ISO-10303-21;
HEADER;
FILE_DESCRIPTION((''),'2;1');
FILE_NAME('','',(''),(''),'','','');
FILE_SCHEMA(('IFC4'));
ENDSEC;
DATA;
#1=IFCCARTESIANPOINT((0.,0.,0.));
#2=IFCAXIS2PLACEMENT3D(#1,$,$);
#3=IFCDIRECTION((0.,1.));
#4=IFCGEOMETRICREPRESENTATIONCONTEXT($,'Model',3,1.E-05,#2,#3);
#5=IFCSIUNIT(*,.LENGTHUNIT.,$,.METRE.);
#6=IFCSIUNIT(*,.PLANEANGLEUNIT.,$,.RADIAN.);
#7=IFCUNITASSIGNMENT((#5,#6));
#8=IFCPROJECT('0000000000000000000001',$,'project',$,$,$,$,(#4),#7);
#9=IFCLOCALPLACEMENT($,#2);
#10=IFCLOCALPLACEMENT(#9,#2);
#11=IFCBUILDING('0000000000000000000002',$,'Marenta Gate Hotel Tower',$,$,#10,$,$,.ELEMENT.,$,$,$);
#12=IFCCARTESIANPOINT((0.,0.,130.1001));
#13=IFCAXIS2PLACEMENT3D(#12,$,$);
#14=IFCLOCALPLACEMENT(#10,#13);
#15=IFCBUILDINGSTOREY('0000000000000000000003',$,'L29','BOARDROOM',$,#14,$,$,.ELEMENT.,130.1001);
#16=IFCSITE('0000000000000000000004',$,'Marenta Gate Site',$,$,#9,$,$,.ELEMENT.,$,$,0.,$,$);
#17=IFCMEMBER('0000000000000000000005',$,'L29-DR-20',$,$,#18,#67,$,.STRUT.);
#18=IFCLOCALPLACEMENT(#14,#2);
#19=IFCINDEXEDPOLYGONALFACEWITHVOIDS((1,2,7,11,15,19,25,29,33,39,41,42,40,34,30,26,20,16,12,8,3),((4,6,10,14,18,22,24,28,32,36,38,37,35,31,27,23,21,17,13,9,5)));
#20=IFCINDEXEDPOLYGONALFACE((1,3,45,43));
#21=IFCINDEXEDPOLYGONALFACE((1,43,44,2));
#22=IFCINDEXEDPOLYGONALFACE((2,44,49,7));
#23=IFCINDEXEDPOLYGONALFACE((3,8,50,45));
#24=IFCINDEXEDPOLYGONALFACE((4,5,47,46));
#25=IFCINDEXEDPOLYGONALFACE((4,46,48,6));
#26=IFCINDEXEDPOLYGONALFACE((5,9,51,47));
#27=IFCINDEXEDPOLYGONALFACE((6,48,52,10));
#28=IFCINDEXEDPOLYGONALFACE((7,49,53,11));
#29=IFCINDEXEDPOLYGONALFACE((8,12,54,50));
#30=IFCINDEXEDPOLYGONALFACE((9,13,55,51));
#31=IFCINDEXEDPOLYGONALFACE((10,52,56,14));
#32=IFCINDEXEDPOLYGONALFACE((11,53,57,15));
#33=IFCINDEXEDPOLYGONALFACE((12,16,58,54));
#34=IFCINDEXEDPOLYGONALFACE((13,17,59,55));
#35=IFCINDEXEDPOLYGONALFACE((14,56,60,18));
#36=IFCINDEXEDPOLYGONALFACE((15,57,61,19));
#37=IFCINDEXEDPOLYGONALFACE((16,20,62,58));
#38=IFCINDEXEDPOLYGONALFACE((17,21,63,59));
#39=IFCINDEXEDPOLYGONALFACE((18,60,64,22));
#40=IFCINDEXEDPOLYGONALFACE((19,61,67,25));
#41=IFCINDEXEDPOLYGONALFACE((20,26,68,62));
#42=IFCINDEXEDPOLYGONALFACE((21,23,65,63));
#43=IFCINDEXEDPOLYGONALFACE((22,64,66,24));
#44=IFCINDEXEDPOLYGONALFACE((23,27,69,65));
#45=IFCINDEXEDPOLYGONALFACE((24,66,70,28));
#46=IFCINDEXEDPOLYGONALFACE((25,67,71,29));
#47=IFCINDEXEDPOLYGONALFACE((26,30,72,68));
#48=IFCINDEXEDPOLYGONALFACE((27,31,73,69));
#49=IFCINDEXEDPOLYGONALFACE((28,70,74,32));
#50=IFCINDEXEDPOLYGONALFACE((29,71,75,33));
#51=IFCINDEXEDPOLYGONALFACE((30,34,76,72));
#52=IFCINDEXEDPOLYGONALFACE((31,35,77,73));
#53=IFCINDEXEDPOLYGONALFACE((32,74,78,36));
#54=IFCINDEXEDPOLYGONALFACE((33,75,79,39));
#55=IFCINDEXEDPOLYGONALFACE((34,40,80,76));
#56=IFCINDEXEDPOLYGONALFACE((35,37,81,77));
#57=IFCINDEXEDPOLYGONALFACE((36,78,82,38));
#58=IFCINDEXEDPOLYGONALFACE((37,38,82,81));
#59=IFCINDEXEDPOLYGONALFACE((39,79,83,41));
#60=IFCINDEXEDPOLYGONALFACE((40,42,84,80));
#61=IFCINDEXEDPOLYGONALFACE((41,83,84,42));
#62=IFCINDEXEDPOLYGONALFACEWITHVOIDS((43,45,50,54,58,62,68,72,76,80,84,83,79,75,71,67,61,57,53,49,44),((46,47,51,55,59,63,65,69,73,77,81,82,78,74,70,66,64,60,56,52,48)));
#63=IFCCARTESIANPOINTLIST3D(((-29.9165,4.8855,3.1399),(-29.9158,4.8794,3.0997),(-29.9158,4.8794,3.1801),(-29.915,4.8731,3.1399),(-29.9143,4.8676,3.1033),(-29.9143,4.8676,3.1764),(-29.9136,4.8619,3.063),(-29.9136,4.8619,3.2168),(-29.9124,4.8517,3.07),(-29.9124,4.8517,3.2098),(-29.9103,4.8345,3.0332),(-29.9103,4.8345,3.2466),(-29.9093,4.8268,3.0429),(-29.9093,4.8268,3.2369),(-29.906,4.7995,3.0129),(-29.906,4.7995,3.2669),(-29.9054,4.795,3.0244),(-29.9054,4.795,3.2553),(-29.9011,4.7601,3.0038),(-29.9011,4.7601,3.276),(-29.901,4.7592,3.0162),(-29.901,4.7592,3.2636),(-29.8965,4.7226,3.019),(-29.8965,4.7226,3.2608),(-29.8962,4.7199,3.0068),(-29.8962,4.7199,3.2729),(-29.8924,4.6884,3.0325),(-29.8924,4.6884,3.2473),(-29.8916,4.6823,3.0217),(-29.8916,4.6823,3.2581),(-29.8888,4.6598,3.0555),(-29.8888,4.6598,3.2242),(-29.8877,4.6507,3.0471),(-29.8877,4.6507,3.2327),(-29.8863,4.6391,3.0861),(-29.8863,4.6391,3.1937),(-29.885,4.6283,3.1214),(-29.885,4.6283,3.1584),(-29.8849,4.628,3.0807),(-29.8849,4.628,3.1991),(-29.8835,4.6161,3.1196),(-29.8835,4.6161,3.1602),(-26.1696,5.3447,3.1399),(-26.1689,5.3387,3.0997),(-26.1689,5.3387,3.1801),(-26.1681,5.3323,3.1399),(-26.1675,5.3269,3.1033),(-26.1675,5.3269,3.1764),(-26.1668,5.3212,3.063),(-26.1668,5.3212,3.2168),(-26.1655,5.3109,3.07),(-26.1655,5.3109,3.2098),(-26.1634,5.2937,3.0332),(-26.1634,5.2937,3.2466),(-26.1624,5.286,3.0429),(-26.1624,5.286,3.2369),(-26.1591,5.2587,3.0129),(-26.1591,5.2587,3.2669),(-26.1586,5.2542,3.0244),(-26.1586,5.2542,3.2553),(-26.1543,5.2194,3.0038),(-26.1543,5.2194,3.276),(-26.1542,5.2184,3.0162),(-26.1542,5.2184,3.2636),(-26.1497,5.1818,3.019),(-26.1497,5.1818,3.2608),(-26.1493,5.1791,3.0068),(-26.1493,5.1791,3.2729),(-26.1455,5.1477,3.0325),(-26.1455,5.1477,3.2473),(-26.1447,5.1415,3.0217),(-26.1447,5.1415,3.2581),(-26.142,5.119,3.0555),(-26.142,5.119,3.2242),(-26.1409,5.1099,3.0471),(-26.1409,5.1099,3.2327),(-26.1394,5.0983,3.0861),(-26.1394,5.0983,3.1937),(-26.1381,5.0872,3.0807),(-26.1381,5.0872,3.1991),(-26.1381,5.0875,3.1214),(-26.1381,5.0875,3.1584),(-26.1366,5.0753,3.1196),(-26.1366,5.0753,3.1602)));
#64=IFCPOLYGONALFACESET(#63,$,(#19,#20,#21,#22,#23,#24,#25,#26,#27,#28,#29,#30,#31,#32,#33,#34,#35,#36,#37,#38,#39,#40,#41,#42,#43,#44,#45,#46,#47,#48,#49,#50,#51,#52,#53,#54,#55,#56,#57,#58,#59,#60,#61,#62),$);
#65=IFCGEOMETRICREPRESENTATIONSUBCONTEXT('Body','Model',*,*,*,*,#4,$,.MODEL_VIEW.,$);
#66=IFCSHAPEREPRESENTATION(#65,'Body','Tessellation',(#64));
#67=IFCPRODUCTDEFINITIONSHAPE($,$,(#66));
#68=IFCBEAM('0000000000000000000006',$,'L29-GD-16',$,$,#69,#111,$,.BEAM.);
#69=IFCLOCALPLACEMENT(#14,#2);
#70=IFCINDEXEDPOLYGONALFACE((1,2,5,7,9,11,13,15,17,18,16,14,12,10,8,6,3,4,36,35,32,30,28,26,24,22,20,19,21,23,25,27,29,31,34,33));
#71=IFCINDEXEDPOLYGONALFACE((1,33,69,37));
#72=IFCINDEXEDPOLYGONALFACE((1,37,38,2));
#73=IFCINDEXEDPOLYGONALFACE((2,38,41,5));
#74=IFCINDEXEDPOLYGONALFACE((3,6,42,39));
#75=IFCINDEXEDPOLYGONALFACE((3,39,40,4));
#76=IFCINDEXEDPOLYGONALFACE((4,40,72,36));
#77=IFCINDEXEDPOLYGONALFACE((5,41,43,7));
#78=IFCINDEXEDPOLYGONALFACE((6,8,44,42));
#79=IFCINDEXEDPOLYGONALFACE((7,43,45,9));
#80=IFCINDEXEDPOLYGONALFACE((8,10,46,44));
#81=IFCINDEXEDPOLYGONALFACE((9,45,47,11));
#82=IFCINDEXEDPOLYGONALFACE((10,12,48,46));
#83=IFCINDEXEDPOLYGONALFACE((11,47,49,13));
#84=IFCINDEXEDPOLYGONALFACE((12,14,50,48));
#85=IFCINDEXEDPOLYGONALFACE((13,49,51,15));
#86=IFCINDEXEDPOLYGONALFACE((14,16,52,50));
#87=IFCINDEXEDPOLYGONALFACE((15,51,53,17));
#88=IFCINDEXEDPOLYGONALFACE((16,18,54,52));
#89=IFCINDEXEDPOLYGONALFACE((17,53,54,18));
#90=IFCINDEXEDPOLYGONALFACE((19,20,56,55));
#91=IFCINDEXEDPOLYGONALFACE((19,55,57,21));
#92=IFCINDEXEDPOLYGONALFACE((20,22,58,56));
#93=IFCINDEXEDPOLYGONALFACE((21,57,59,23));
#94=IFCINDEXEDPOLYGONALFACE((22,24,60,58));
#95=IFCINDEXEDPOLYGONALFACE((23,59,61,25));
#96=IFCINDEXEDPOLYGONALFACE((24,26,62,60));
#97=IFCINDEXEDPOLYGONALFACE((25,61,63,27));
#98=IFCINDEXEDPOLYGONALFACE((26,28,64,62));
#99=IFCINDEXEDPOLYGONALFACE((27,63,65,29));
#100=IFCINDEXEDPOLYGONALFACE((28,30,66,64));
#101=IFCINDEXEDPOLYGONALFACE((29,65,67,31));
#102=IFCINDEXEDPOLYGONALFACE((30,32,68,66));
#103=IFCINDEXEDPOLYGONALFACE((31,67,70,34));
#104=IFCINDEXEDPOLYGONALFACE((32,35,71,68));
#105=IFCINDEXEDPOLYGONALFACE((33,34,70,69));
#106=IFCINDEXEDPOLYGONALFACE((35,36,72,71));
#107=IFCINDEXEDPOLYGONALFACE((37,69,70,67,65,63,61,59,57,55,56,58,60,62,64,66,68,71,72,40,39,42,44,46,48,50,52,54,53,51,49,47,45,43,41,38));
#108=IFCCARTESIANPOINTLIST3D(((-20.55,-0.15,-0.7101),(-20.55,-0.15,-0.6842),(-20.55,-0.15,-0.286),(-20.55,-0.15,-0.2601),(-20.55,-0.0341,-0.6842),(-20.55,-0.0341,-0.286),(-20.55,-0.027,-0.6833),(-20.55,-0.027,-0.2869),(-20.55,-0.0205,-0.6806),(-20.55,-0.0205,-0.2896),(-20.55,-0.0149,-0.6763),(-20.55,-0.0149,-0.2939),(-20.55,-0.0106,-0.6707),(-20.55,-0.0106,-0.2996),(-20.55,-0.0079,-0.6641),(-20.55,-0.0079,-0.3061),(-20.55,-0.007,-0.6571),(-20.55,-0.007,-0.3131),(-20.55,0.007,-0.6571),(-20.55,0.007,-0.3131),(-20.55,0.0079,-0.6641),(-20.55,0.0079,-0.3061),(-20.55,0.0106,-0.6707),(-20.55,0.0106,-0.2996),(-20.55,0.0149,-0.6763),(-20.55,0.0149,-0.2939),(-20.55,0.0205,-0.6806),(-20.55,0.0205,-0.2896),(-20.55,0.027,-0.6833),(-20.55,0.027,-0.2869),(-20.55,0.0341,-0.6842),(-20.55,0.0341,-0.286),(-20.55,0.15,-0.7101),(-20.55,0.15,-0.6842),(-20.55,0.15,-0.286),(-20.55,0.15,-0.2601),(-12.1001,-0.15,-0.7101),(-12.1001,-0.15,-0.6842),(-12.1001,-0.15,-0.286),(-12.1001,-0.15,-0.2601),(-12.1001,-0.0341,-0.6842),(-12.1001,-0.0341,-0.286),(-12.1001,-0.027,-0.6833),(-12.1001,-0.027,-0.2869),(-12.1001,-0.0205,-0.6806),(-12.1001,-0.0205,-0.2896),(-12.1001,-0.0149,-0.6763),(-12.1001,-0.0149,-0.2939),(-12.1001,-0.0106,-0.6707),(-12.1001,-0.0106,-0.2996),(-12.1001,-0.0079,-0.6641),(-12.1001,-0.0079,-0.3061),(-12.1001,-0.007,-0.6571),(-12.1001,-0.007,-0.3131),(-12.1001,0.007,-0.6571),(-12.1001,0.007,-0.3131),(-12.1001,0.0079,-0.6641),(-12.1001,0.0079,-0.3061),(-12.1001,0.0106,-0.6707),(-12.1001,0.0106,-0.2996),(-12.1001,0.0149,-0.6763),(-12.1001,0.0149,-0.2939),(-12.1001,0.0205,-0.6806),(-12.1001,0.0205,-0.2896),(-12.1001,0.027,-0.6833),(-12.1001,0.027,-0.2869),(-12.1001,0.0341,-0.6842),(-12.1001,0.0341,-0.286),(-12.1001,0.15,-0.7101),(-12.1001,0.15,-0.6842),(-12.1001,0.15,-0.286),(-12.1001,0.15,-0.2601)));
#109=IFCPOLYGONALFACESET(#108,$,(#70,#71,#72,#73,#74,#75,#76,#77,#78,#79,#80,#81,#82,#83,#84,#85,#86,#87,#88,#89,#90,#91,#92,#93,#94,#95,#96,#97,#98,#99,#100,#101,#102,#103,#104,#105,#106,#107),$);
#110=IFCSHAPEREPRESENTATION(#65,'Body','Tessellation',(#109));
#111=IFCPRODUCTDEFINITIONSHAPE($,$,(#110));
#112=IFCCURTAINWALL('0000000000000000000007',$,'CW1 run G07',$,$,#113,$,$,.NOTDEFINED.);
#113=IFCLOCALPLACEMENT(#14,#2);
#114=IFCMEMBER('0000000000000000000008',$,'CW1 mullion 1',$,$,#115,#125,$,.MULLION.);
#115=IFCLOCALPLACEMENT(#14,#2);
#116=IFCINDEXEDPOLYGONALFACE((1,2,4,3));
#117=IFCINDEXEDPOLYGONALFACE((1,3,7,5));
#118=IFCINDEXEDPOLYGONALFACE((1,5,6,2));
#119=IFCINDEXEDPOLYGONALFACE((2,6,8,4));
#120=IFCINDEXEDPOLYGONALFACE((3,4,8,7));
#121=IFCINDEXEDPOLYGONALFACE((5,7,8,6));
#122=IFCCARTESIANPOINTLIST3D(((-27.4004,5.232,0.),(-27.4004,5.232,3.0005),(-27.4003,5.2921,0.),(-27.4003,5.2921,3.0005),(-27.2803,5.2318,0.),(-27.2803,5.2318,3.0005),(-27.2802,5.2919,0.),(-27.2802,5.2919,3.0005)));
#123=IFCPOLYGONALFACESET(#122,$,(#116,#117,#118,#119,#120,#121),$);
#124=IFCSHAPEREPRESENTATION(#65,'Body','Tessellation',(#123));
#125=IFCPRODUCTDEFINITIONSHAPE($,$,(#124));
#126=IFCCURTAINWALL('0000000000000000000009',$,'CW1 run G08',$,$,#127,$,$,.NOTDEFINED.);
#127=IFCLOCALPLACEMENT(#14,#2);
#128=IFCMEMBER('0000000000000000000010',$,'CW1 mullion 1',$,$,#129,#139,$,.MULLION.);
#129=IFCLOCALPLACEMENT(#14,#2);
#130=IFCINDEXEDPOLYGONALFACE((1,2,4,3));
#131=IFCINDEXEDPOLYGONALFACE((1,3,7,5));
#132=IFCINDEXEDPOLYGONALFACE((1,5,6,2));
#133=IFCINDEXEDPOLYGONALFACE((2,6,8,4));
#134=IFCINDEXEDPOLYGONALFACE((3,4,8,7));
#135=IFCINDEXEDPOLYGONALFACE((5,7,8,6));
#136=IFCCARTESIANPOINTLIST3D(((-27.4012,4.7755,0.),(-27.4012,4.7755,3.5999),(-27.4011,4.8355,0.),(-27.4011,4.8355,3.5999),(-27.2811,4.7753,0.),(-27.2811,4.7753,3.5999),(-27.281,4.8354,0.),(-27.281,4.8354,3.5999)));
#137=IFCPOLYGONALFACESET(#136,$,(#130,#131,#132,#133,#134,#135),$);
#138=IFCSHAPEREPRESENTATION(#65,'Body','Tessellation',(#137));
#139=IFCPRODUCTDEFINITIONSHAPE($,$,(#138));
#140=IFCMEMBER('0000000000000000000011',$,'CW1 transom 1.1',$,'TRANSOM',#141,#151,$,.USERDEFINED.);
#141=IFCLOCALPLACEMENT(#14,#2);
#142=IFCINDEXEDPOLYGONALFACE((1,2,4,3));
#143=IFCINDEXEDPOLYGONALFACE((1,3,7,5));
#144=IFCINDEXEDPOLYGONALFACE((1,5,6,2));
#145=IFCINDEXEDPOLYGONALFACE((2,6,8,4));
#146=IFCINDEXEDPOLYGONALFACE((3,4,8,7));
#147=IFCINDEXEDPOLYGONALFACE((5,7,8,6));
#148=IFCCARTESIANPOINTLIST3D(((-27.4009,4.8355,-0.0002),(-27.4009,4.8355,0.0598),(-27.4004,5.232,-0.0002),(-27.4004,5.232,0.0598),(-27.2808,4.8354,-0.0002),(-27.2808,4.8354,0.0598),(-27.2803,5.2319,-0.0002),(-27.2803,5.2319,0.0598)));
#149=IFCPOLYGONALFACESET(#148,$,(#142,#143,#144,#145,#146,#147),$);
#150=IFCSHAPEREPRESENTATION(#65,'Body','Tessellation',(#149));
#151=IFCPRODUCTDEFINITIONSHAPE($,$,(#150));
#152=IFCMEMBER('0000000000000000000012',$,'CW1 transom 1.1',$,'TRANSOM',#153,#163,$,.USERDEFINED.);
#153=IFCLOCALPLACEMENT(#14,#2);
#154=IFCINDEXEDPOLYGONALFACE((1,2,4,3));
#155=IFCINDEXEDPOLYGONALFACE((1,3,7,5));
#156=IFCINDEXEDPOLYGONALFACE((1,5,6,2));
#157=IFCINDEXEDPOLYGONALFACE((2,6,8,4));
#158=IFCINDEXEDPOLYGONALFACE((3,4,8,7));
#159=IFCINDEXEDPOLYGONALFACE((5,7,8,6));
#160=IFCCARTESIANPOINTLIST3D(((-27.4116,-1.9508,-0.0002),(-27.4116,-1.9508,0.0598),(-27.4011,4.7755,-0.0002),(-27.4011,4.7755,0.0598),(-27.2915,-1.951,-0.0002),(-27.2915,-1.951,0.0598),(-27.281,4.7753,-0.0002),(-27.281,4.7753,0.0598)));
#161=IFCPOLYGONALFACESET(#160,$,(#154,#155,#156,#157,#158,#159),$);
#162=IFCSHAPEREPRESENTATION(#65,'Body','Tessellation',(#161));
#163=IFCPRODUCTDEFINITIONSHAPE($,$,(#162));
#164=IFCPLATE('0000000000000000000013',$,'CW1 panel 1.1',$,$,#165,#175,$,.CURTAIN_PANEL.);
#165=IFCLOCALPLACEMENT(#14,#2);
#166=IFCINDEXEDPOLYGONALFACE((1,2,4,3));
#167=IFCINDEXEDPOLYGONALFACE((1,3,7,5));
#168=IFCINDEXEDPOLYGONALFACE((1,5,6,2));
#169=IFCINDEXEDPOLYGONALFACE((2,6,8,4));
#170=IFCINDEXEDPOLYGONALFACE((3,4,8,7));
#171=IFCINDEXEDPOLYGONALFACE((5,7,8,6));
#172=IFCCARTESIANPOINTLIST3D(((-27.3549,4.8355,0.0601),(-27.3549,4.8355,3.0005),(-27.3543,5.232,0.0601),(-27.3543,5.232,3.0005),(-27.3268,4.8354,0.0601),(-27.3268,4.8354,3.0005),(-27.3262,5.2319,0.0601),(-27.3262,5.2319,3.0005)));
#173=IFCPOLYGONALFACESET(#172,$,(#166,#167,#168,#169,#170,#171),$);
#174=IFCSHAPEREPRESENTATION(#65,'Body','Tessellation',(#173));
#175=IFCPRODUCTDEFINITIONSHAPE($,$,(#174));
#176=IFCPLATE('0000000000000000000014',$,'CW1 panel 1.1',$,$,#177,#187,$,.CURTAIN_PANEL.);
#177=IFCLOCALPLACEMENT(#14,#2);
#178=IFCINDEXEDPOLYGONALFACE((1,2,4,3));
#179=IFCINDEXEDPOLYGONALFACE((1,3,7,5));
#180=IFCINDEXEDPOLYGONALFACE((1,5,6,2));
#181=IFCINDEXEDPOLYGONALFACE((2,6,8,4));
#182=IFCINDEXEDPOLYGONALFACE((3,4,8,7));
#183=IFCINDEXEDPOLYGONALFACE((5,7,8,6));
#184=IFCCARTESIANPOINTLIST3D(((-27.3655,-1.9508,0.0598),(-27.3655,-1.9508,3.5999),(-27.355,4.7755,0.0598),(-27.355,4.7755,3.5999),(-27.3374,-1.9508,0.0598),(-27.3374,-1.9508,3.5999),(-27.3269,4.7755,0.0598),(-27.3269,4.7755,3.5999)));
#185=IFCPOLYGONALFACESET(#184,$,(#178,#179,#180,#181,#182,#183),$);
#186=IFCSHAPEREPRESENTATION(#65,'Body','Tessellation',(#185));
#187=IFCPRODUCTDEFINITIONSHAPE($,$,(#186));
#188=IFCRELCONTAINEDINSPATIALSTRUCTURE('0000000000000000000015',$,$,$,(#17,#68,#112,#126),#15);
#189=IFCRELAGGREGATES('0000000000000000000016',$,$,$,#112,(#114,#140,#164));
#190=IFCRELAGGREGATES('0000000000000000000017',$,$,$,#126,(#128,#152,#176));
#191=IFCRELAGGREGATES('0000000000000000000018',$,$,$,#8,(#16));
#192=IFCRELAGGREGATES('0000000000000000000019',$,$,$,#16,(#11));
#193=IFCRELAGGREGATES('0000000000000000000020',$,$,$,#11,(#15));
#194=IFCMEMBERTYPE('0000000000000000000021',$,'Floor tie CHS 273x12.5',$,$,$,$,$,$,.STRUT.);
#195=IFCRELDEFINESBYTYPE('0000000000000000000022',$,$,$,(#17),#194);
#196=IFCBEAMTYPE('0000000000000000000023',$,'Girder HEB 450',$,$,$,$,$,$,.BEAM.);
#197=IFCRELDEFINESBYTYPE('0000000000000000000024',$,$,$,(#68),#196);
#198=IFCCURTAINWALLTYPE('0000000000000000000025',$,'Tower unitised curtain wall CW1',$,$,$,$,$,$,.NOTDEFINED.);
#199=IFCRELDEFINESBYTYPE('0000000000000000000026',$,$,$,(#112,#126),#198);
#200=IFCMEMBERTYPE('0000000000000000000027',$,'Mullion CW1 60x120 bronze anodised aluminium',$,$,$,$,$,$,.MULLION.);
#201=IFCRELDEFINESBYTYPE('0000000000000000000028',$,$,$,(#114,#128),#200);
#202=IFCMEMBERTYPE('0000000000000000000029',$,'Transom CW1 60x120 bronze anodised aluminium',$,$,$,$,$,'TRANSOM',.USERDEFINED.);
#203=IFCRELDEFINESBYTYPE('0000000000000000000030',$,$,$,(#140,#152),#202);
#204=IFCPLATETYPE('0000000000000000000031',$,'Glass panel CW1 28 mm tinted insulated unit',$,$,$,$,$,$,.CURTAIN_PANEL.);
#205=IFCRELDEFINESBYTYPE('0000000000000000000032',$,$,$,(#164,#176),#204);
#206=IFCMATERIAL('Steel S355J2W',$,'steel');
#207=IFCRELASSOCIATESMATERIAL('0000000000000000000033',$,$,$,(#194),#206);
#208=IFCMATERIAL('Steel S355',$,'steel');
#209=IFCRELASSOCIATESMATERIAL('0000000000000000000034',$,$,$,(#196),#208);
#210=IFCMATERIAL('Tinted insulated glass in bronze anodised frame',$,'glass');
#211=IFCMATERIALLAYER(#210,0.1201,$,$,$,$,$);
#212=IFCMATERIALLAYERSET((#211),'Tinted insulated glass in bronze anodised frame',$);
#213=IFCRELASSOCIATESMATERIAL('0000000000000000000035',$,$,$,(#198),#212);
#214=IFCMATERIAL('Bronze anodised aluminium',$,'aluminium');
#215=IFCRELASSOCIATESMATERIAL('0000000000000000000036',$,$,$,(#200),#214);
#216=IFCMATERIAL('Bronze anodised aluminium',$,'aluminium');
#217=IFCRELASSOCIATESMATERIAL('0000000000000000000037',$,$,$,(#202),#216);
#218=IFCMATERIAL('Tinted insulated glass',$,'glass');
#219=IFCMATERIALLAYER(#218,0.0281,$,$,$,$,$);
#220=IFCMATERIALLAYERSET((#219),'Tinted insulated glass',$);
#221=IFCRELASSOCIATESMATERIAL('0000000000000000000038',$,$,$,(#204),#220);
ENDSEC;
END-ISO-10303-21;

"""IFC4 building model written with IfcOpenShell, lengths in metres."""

from ifc_helpers import new_model, si_unit, direction, frame, origin, origin_2d, place, context, subcontext, project, spatial, rectangle, hollow_circle, i_section, extrude, material, layer, layer_set, material_profile, profile_set, type_object, element, aggregate, save


model = new_model("IFC4")

# Units and contexts
model_context = context("Model", 3, precision=1e-05, world=origin(), true_north=direction((0.0, 1.0)))
body_context = subcontext(model_context, "Body", "Model", "MODEL_VIEW")
ifc_project = project(units=[si_unit("LENGTHUNIT", "METRE"), si_unit("PLANEANGLEUNIT", "RADIAN")], contexts=[model_context])

# Site, building, storey
site_placement = place(None, origin())
site = spatial("IfcSite", under=ifc_project, at=site_placement, Name="Marenta Gate Site", CompositionType="ELEMENT", RefElevation=0.0)
building_placement = place(site_placement, origin())
building = spatial("IfcBuilding", under=site, at=building_placement, Name="Marenta Gate Hotel Tower", CompositionType="ELEMENT")
storey_placement = place(building_placement, frame((0.0, 0.0, 130.1001)))
storey = spatial("IfcBuildingStorey", under=building, at=storey_placement, Name="L29", Description="BOARDROOM", CompositionType="ELEMENT", Elevation=130.1001)

# Member
ifc_material_1 = material(Name="Steel S355J2W", Category="steel")
ifc_material_profile_1 = material_profile(ifc_material_1, hollow_circle(Radius=0.1365, WallThickness=0.0125, at=origin_2d()), Name="CHS 273x12.5")
ifc_profile_set_1 = profile_set([ifc_material_profile_1], Name="Steel S355J2W")
member_type_1 = type_object("IfcMemberType", Name="Floor tie CHS 273x12.5", PredefinedType="STRUT", material=ifc_profile_set_1)
member_1_placement = place(storey_placement, frame((-29.8999, 4.75, 3.1399), z_axis=(0.992573, 0.121654, 0.0), x_axis=(-0.121654, 0.992573, 0.0)))
element("IfcMember", 1, at=member_1_placement, inside=storey, type_object=member_type_1, Name="L29-DR-20", PredefinedType="STRUT", context=body_context, shape_type="SweptSolid", body=[
    extrude(hollow_circle(Radius=0.1365, WallThickness=0.0125, at=origin_2d()), origin(), (0.0, 0.0, 1.0), 3.7749),
])

# Beam
ifc_material_2 = material(Name="Steel S355", Category="steel")
ifc_material_profile_2 = material_profile(ifc_material_2, i_section(OverallWidth=0.3, OverallDepth=0.45, WebThickness=0.0139, FlangeThickness=0.0259, FilletRadius=0.0271, at=origin_2d()), Name="HEB 450")
ifc_profile_set_2 = profile_set([ifc_material_profile_2], Name="Steel S355")
beam_type_1 = type_object("IfcBeamType", Name="Girder HEB 450", PredefinedType="BEAM", material=ifc_profile_set_2)
beam_1_placement = place(storey_placement, frame((-20.55, 0.0, -0.4851), z_axis=(1.0, 0.0, 0.0), x_axis=(0.0, 1.0, 0.0)))
element("IfcBeam", 2, at=beam_1_placement, inside=storey, type_object=beam_type_1, Name="L29-GD-16", PredefinedType="BEAM", context=body_context, shape_type="SweptSolid", body=[
    extrude(i_section(OverallWidth=0.3, OverallDepth=0.45, WebThickness=0.0139, FlangeThickness=0.0259, FilletRadius=0.0271, at=origin_2d()), origin(), (0.0, 0.0, 1.0), 8.45),
])

# Curtain walls, members
ifc_material_3 = material(Name="Tinted insulated glass in bronze anodised frame", Category="glass")
ifc_layer_1 = layer(ifc_material_3, 0.1201)
ifc_layer_set_1 = layer_set([ifc_layer_1], Name="Tinted insulated glass in bronze anodised frame")
curtain_wall_type = type_object("IfcCurtainWallType", Name="Tower unitised curtain wall CW1", PredefinedType="NOTDEFINED", material=ifc_layer_set_1)
curtain_wall_1_placement = place(storey_placement, origin())
curtain_wall_1 = element("IfcCurtainWall", 3, at=curtain_wall_1_placement, inside=storey, type_object=curtain_wall_type, Name="CW1 run G07", PredefinedType="NOTDEFINED")
ifc_material_4 = material(Name="Bronze anodised aluminium", Category="aluminium")
ifc_material_profile_3 = material_profile(ifc_material_4, rectangle(XDim=0.1201, YDim=0.0601, at=origin_2d()), Name="Mullion CW1 60x120 bronze anodised aluminium")
ifc_profile_set_3 = profile_set([ifc_material_profile_3], Name="Bronze anodised aluminium")
member_type_2 = type_object("IfcMemberType", Name="Mullion CW1 60x120 bronze anodised aluminium", PredefinedType="MULLION", material=ifc_profile_set_3)
member_2_placement = place(storey_placement, frame((-27.3403, 5.262, 0.0), z_axis=(0.0, 0.0, 1.0), x_axis=(0.999999, -0.001533, 0.0)))
member_2 = element("IfcMember", 4, at=member_2_placement, type_object=member_type_2, Name="CW1 mullion 1", PredefinedType="MULLION", context=body_context, shape_type="SweptSolid", body=[
    extrude(rectangle(XDim=0.1201, YDim=0.0601, at=origin_2d()), origin(), (0.0, 0.0, 1.0), 3.0005),
])
curtain_wall_2_placement = place(storey_placement, origin())
curtain_wall_2 = element("IfcCurtainWall", 5, at=curtain_wall_2_placement, inside=storey, type_object=curtain_wall_type, Name="CW1 run G08", PredefinedType="NOTDEFINED")
member_3_placement = place(storey_placement, frame((-27.3411, 4.8054, 0.0), z_axis=(0.0, 0.0, 1.0), x_axis=(0.999999, -0.001565, 0.0)))
member_3 = element("IfcMember", 6, at=member_3_placement, type_object=member_type_2, Name="CW1 mullion 1", PredefinedType="MULLION", context=body_context, shape_type="SweptSolid", body=[
    extrude(rectangle(XDim=0.1201, YDim=0.0601, at=origin_2d()), origin(), (0.0, 0.0, 1.0), 3.5999),
])

# Members
ifc_material_5 = material(Name="Bronze anodised aluminium", Category="aluminium")
ifc_material_profile_4 = material_profile(ifc_material_5, rectangle(XDim=0.1201, YDim=0.0601, at=origin_2d()), Name="Transom CW1 60x120 bronze anodised aluminium")
ifc_profile_set_4 = profile_set([ifc_material_profile_4], Name="Bronze anodised aluminium")
member_type_3 = type_object("IfcMemberType", Name="Transom CW1 60x120 bronze anodised aluminium", ElementType="TRANSOM", PredefinedType="USERDEFINED", material=ifc_profile_set_4)
member_4_placement = place(storey_placement, frame((-27.3403, 5.2319, 0.0298), z_axis=(-0.001232, -0.999999, 0.0), x_axis=(0.999999, -0.001232, 0.0)))
member_4 = element("IfcMember", 7, at=member_4_placement, type_object=member_type_3, Name="CW1 transom 1.1", ObjectType="TRANSOM", PredefinedType="USERDEFINED", context=body_context, shape_type="SweptSolid", body=[
    extrude(rectangle(XDim=0.1201, YDim=0.0601, at=origin_2d()), origin(), (0.0, 0.0, 1.0), 0.3965),
])
member_5_placement = place(storey_placement, frame((-27.3411, 4.7754, 0.0298), z_axis=(-0.001561, -0.999999, 0.0), x_axis=(0.999999, -0.001561, 0.0)))
member_5 = element("IfcMember", 8, at=member_5_placement, type_object=member_type_3, Name="CW1 transom 1.1", ObjectType="TRANSOM", PredefinedType="USERDEFINED", context=body_context, shape_type="SweptSolid", body=[
    extrude(rectangle(XDim=0.1201, YDim=0.0601, at=origin_2d()), origin(), (0.0, 0.0, 1.0), 6.7263),
])

# Plates
ifc_material_6 = material(Name="Tinted insulated glass", Category="glass")
ifc_layer_2 = layer(ifc_material_6, 0.0281)
ifc_layer_set_2 = layer_set([ifc_layer_2], Name="Tinted insulated glass")
plate_type = type_object("IfcPlateType", Name="Glass panel CW1 28 mm tinted insulated unit", PredefinedType="CURTAIN_PANEL", material=ifc_layer_set_2)
plate_1_placement = place(storey_placement, frame((-27.3406, 5.0337, 0.0601), z_axis=(0.0, 0.0, 1.0), x_axis=(-0.001533, -0.999999, 0.0)))
plate_1 = element("IfcPlate", 9, at=plate_1_placement, type_object=plate_type, Name="CW1 panel 1.1", PredefinedType="CURTAIN_PANEL", context=body_context, shape_type="SweptSolid", body=[
    extrude(rectangle(XDim=0.3965, YDim=0.0281, at=origin_2d()), origin(), (0.0, 0.0, 1.0), 2.9404),
])
aggregate(curtain_wall_1, [member_2, member_4, plate_1])
plate_2_placement = place(storey_placement, frame((-27.3462, 1.4124, 0.0598), z_axis=(0.0, 0.0, 1.0), x_axis=(-0.001565, -0.999999, 0.0)))
plate_2 = element("IfcPlate", 10, at=plate_2_placement, type_object=plate_type, Name="CW1 panel 1.1", PredefinedType="CURTAIN_PANEL", context=body_context, shape_type="SweptSolid", body=[
    extrude(rectangle(XDim=6.7263, YDim=0.0281, at=origin_2d()), origin(), (0.0, 0.0, 1.0), 3.54),
])
aggregate(curtain_wall_2, [member_3, member_5, plate_2])

save(model, "model.ifc")
